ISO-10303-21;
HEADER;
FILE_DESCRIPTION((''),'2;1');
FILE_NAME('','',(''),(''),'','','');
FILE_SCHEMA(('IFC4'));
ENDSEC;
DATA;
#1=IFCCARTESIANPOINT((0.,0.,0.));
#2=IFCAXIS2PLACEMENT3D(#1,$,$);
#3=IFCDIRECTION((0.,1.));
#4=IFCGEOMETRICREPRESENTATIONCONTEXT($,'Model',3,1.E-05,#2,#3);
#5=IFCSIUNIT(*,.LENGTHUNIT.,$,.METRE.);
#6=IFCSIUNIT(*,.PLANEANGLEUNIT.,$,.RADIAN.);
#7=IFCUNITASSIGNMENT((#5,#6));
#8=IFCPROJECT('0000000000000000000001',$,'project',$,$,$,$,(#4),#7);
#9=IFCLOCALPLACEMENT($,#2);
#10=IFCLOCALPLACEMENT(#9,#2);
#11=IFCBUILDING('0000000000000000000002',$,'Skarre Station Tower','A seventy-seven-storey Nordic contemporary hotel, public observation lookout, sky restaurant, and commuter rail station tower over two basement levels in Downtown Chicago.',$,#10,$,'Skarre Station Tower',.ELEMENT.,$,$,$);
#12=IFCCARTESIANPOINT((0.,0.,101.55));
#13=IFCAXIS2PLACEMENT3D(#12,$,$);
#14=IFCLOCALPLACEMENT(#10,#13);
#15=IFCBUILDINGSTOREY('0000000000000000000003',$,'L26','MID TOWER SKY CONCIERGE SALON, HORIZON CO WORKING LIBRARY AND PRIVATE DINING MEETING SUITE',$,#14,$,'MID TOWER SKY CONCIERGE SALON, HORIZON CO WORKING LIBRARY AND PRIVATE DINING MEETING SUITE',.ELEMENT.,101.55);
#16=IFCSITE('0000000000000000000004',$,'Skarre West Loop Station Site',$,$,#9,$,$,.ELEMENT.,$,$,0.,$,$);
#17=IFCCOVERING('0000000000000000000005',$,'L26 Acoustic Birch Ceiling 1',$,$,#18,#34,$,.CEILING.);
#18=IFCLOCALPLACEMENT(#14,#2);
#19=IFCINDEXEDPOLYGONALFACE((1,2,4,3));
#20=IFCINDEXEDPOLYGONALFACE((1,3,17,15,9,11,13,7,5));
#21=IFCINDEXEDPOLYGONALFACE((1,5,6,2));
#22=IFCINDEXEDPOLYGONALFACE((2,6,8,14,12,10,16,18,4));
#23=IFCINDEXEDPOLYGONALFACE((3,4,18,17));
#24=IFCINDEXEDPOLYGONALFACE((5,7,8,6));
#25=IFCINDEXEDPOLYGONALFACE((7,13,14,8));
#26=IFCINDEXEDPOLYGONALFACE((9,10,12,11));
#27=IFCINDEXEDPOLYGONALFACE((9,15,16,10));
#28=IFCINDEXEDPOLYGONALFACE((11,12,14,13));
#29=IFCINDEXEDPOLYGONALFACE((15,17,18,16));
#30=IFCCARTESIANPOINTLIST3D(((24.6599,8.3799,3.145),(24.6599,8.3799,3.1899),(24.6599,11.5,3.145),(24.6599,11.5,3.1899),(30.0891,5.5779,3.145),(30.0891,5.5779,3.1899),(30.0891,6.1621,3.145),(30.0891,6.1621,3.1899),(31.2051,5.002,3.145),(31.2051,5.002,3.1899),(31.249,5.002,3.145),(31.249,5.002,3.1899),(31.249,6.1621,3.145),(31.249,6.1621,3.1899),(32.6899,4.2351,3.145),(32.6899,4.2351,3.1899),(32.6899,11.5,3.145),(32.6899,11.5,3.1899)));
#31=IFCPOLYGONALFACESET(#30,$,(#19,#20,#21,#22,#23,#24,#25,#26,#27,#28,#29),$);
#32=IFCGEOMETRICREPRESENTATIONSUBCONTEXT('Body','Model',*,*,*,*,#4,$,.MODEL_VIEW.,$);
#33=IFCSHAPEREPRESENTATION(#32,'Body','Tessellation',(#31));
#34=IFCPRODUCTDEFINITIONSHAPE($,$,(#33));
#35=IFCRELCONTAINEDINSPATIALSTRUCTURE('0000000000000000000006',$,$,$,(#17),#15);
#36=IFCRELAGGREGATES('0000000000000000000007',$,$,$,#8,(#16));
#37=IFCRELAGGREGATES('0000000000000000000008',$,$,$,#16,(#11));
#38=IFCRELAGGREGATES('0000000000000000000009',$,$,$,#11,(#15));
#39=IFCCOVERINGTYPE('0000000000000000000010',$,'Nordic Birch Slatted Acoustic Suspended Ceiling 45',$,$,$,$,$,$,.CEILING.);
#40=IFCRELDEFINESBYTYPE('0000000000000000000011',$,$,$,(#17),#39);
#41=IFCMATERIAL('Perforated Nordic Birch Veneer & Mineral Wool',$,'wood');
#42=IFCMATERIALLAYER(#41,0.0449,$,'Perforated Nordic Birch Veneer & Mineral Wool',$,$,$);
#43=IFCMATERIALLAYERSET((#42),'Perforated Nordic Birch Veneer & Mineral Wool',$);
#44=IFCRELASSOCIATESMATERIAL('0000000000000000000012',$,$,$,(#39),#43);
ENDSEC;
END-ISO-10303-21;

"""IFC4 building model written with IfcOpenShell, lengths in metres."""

from ifc_helpers import new_model, si_unit, direction, frame, origin, place, context, subcontext, project, spatial, polyline, outline, extrude, material, layer, layer_set, type_object, element, save


model = new_model("IFC4")

# Units and contexts
model_context = context("Model", 3, precision=1e-05, world=origin(), true_north=direction((0.0, 1.0)))
body_context = subcontext(model_context, "Body", "Model", "MODEL_VIEW")
ifc_project = project(units=[si_unit("LENGTHUNIT", "METRE"), si_unit("PLANEANGLEUNIT", "RADIAN")], contexts=[model_context])

# Site, building, storey
site_placement = place(None, origin())
site = spatial("IfcSite", under=ifc_project, at=site_placement, Name="Skarre West Loop Station Site", CompositionType="ELEMENT", RefElevation=0.0)
building_placement = place(site_placement, origin())
building = spatial("IfcBuilding", under=site, at=building_placement, Name="Skarre Station Tower", Description="A seventy-seven-storey Nordic contemporary hotel, public observation lookout, sky restaurant, and commuter rail station tower over two basement levels in Downtown Chicago.", LongName="Skarre Station Tower", CompositionType="ELEMENT")
storey_placement = place(building_placement, frame((0.0, 0.0, 101.55)))
storey = spatial("IfcBuildingStorey", under=building, at=storey_placement, Name="L26", Description="MID TOWER SKY CONCIERGE SALON, HORIZON CO WORKING LIBRARY AND PRIVATE DINING MEETING SUITE", LongName="MID TOWER SKY CONCIERGE SALON, HORIZON CO WORKING LIBRARY AND PRIVATE DINING MEETING SUITE", CompositionType="ELEMENT", Elevation=101.55)

# Covering
ifc_material_1 = material(Name="Perforated Nordic Birch Veneer & Mineral Wool", Category="wood")
ifc_layer_1 = layer(ifc_material_1, 0.0449, Name="Perforated Nordic Birch Veneer & Mineral Wool")
ifc_layer_set_1 = layer_set([ifc_layer_1], Name="Perforated Nordic Birch Veneer & Mineral Wool")
covering_type_1 = type_object("IfcCoveringType", Name="Nordic Birch Slatted Acoustic Suspended Ceiling 45", PredefinedType="CEILING", material=ifc_layer_set_1)
covering_1_placement = place(storey_placement, frame((0.0, 0.0, 3.145)))
element("IfcCovering", 1, at=covering_1_placement, inside=storey, type_object=covering_type_1, Name="L26 Acoustic Birch Ceiling 1", PredefinedType="CEILING", context=body_context, shape_type="SweptSolid", body=[
    extrude(outline(polyline([(24.6599, 8.3799), (30.0891, 5.5779), (30.0891, 6.1621), (31.249, 6.1621), (31.249, 5.002), (31.2051, 5.002), (32.6899, 4.2351), (32.6899, 11.5), (24.6599, 11.5), (24.6599, 8.3799)])), origin(), (0.0, 0.0, 1.0), 0.0449),
])

save(model, "model.ifc")
